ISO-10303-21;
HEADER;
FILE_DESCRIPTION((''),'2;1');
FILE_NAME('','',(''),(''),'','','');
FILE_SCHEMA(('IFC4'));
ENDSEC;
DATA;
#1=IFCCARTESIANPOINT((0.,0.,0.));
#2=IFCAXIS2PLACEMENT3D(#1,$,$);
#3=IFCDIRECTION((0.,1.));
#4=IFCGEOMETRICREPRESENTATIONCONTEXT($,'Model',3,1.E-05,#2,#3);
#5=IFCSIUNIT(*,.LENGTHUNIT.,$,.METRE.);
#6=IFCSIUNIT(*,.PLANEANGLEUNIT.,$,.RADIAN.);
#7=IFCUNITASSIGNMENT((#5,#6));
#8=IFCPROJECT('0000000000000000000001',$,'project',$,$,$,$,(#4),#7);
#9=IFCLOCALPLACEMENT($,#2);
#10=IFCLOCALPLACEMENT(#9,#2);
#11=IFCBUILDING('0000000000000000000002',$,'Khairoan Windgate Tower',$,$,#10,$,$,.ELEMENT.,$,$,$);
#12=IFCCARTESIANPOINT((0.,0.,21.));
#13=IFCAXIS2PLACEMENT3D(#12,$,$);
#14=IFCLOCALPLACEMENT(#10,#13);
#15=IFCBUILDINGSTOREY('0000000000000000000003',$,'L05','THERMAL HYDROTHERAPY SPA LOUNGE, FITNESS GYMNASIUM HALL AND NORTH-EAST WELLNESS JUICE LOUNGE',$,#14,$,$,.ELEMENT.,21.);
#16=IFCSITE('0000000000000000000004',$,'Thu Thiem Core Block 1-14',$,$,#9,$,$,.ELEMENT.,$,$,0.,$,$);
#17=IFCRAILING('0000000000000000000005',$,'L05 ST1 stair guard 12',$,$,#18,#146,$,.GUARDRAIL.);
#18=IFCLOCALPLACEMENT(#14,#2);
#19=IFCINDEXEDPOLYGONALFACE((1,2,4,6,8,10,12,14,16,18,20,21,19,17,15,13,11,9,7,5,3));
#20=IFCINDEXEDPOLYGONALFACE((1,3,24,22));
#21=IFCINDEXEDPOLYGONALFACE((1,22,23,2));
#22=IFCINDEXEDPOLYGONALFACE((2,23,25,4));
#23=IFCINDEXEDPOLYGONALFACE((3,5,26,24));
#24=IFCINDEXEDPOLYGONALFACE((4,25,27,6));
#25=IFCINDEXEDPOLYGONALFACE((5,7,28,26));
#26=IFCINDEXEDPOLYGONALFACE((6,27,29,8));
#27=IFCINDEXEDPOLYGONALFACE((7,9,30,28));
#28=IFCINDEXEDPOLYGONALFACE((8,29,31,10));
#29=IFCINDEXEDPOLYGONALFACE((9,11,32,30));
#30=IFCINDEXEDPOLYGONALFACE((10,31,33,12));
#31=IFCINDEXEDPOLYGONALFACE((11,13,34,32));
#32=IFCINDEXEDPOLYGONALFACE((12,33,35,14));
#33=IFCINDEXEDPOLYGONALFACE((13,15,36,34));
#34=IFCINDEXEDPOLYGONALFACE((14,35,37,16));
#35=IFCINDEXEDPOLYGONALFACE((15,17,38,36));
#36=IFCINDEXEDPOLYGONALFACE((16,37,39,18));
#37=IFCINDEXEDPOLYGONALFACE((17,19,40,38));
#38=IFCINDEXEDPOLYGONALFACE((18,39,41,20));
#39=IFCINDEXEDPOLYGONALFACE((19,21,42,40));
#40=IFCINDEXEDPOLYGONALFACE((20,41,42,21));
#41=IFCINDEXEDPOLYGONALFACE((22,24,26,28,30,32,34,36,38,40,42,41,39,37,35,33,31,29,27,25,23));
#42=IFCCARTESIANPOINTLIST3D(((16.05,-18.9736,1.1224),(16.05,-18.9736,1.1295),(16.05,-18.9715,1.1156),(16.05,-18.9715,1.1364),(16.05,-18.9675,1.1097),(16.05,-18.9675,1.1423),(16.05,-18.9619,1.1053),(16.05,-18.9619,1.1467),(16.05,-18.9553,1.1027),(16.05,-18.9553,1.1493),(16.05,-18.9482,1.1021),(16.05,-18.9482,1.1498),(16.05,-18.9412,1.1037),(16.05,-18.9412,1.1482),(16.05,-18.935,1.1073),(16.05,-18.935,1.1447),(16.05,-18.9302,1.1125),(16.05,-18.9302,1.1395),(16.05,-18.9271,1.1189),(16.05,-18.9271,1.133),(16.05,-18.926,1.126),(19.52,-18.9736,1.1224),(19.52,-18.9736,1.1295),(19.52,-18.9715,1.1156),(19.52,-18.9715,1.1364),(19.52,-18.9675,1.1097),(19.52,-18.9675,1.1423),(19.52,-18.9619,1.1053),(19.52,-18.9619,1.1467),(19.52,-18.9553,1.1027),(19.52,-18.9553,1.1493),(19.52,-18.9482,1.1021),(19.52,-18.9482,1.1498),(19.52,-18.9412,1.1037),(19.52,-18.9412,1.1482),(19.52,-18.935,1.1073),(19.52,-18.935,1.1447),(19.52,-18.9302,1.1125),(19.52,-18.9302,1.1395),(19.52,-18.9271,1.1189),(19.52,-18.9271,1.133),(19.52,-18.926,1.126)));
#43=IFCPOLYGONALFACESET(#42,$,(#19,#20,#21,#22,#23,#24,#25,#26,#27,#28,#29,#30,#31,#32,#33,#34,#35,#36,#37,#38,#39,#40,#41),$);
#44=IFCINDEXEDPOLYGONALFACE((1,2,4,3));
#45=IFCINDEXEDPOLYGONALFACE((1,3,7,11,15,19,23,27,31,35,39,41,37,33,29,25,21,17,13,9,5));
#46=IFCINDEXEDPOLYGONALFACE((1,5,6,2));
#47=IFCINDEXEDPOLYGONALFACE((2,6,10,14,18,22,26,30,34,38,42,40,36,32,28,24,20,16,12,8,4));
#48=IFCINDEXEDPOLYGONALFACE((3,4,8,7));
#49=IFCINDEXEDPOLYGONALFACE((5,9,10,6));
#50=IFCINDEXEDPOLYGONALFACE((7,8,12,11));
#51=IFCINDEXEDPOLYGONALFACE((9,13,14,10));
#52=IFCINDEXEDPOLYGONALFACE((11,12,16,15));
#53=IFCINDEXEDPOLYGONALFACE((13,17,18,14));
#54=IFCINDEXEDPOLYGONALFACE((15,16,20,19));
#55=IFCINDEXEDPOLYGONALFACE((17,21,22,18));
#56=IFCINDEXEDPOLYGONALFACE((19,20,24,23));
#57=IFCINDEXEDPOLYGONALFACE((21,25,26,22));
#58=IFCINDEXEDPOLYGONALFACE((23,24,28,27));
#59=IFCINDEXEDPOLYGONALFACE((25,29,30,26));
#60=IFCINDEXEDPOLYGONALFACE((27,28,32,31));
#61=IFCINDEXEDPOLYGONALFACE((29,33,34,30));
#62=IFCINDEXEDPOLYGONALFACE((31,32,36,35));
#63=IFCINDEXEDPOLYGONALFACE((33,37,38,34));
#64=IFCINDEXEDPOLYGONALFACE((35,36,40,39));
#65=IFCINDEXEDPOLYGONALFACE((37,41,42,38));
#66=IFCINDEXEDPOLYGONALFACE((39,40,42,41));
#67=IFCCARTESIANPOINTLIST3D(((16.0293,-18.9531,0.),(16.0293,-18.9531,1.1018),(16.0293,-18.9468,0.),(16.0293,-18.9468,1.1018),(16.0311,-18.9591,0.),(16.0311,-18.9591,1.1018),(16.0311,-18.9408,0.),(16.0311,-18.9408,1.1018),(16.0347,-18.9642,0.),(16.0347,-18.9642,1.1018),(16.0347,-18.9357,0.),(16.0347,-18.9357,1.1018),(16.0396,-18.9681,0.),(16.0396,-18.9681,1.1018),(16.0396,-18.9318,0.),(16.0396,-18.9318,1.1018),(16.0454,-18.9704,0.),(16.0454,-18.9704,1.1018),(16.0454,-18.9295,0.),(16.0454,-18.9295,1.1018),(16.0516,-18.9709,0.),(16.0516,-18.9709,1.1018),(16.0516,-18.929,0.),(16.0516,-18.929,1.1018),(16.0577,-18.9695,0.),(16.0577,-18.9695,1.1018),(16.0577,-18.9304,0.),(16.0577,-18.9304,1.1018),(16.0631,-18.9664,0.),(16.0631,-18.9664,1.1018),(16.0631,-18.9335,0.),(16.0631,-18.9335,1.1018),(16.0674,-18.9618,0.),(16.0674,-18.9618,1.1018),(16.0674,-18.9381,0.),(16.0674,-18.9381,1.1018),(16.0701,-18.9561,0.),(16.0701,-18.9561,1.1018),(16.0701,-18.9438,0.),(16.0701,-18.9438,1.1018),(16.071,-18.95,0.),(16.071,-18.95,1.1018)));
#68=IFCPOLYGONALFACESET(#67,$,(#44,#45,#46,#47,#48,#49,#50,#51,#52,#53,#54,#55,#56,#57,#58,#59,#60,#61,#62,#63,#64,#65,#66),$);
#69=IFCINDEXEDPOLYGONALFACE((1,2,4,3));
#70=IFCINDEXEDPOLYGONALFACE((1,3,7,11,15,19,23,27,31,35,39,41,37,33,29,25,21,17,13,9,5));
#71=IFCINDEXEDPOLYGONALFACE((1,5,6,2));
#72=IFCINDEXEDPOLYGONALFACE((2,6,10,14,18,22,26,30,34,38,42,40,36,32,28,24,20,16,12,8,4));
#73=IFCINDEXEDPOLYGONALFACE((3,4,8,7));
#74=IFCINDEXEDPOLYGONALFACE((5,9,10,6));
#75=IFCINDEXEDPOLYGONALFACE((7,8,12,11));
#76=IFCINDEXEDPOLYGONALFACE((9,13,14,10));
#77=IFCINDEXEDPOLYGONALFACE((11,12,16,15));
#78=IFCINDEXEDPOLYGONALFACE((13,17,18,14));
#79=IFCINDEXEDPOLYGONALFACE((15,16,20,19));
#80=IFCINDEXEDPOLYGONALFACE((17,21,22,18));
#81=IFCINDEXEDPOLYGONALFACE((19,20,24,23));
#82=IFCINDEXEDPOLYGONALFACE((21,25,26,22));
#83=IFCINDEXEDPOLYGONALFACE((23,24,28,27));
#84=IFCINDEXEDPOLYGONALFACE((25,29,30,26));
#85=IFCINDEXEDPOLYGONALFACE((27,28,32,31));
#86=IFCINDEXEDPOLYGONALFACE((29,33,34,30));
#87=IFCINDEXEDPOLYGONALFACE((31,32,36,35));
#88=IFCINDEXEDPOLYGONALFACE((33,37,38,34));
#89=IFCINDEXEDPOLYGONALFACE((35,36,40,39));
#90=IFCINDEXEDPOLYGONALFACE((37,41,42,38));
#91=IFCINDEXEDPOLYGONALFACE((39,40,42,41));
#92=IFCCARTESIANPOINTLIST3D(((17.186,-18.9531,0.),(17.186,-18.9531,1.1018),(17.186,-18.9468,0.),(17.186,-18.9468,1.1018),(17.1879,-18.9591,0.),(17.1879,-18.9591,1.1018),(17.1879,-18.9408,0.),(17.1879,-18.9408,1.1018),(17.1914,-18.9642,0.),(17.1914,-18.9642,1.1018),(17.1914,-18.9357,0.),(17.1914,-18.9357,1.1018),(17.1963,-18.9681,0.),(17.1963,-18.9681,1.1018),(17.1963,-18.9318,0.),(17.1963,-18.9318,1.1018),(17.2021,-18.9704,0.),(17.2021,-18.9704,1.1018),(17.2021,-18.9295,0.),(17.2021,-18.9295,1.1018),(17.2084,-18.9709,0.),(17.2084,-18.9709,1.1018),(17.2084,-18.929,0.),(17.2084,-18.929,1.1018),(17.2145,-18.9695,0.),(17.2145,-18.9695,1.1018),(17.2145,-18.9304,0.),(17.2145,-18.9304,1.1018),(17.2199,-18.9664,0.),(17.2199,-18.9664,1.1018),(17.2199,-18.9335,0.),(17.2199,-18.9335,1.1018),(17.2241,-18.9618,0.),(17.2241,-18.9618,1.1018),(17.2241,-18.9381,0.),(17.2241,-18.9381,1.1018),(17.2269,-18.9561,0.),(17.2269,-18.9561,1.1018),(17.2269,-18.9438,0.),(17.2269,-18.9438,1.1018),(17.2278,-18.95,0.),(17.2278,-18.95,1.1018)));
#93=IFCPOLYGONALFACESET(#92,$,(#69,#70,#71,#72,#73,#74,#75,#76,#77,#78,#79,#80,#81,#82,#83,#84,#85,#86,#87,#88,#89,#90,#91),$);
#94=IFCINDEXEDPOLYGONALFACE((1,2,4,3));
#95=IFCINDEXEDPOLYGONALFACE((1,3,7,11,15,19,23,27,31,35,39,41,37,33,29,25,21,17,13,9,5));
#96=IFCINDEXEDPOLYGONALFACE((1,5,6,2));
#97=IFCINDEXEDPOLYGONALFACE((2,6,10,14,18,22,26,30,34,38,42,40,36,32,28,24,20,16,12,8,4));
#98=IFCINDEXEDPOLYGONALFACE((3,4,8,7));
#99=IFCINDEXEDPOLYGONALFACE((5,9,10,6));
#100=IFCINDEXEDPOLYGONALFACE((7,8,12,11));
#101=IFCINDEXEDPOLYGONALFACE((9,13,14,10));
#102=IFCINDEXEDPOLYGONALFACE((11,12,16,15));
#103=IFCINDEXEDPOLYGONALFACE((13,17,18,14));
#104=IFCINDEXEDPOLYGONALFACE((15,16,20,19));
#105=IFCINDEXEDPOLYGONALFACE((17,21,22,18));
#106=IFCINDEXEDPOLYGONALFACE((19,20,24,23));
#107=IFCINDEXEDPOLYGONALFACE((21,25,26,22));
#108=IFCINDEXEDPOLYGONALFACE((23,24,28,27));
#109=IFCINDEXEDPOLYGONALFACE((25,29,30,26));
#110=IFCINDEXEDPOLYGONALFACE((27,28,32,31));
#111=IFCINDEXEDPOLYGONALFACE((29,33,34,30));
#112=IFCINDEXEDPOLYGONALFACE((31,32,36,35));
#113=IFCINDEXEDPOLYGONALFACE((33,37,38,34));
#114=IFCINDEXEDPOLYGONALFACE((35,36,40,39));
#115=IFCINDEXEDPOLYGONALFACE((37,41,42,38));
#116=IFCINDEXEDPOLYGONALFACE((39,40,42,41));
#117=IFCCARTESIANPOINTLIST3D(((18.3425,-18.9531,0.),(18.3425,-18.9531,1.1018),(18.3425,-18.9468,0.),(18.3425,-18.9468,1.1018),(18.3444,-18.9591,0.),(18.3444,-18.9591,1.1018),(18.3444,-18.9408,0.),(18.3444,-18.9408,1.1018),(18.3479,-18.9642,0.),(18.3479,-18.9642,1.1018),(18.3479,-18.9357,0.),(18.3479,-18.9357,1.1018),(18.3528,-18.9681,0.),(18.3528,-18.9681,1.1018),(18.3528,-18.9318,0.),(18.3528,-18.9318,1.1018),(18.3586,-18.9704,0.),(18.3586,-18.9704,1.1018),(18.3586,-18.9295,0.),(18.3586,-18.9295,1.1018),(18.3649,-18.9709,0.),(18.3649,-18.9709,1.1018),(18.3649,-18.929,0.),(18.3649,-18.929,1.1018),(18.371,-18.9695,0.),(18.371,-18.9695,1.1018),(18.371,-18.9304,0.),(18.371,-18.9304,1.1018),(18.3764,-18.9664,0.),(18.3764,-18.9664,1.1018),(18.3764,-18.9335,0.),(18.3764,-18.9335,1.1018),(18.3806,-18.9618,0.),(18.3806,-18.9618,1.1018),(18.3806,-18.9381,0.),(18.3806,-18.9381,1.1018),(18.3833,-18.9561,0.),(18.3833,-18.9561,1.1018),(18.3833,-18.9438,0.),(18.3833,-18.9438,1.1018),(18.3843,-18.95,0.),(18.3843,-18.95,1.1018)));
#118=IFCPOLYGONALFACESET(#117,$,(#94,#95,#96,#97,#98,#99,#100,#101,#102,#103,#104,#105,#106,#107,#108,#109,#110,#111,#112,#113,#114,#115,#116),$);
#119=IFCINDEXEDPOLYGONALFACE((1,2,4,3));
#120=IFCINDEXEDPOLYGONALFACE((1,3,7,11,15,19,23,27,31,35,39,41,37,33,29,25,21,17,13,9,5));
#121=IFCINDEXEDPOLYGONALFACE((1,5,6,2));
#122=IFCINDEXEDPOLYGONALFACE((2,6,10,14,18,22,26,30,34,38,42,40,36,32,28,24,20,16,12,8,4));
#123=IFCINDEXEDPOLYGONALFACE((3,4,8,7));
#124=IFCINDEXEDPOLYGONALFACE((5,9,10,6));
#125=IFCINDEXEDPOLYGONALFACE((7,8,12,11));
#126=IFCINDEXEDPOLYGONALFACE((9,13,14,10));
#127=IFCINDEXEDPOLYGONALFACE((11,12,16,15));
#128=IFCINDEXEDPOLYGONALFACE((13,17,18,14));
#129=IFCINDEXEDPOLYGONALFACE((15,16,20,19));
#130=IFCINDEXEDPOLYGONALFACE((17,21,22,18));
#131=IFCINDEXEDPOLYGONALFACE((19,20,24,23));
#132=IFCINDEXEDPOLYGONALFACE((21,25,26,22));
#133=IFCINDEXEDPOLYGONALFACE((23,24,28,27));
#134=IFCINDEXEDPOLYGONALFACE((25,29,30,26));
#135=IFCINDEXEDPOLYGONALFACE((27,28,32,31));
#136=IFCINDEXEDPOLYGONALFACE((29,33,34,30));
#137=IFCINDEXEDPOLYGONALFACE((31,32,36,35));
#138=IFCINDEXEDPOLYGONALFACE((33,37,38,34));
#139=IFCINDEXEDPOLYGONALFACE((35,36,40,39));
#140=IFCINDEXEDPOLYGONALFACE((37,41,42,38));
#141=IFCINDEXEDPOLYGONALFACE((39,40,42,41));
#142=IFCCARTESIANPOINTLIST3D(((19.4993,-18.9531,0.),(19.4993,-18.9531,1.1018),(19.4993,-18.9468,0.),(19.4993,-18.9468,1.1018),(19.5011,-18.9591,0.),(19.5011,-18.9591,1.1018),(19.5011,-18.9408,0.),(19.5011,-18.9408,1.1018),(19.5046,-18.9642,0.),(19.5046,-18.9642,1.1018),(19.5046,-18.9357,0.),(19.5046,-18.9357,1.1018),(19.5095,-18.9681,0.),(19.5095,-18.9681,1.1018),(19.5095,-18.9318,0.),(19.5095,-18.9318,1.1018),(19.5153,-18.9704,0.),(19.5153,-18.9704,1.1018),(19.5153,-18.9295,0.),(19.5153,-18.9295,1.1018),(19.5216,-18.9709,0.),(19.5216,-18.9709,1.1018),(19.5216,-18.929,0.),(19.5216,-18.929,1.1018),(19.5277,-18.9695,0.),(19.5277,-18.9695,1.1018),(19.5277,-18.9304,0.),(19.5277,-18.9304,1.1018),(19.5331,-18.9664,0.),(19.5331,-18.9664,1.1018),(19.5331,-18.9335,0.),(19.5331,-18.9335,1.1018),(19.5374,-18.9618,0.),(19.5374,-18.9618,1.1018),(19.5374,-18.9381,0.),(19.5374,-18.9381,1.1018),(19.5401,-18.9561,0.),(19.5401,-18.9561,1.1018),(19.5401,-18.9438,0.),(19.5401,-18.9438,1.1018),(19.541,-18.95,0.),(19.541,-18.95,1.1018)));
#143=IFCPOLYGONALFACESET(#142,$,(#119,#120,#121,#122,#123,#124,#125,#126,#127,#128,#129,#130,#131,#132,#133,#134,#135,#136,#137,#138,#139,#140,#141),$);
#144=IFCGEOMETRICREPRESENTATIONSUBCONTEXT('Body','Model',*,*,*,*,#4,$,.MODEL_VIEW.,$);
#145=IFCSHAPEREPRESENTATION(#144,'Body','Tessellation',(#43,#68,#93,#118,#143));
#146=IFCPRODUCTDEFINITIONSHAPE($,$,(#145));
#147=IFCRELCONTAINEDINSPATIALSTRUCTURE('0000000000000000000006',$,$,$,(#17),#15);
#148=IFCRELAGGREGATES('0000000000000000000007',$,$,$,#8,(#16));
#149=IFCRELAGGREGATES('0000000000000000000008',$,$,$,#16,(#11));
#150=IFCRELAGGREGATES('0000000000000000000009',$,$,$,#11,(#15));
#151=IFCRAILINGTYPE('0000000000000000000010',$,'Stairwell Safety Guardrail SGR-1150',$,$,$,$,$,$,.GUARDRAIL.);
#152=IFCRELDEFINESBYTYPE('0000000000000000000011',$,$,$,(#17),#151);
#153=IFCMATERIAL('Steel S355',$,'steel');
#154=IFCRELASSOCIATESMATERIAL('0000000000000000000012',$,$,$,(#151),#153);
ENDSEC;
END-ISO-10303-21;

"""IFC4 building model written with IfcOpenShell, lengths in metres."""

from ifc_helpers import new_model, si_unit, direction, frame, origin, origin_2d, place, context, subcontext, project, spatial, circle, extrude, material, type_object, element, save


model = new_model("IFC4")

# Units and contexts
model_context = context("Model", 3, precision=1e-05, world=origin(), true_north=direction((0.0, 1.0)))
body_context = subcontext(model_context, "Body", "Model", "MODEL_VIEW")
ifc_project = project(units=[si_unit("LENGTHUNIT", "METRE"), si_unit("PLANEANGLEUNIT", "RADIAN")], contexts=[model_context])

# Site, building, storey
site_placement = place(None, origin())
site = spatial("IfcSite", under=ifc_project, at=site_placement, Name="Thu Thiem Core Block 1-14", CompositionType="ELEMENT", RefElevation=0.0)
building_placement = place(site_placement, origin())
building = spatial("IfcBuilding", under=site, at=building_placement, Name="Khairoan Windgate Tower", CompositionType="ELEMENT")
storey_placement = place(building_placement, frame((0.0, 0.0, 21.0)))
storey = spatial("IfcBuildingStorey", under=building, at=storey_placement, Name="L05", Description="THERMAL HYDROTHERAPY SPA LOUNGE, FITNESS GYMNASIUM HALL AND NORTH-EAST WELLNESS JUICE LOUNGE", CompositionType="ELEMENT", Elevation=21.0)

# Railing
ifc_material_1 = material(Name="Steel S355", Category="steel")
railing_type = type_object("IfcRailingType", Name="Stairwell Safety Guardrail SGR-1150", PredefinedType="GUARDRAIL", material=ifc_material_1)
railing_1_placement = place(storey_placement, frame((16.05, -18.95, 0.0)))
element("IfcRailing", 1, at=railing_1_placement, inside=storey, type_object=railing_type, Name="L05 ST1 stair guard 12", PredefinedType="GUARDRAIL", context=body_context, shape_type="SweptSolid", body=[
    extrude(circle(Radius=0.0239, at=origin_2d()), frame((0.0, 0.0, 1.126), z_axis=(1.0, 0.0, 0.0), x_axis=(0.0, 1.0, 0.0)), (0.0, 0.0, 1.0), 3.47),
    extrude(circle(Radius=0.021, at=origin_2d()), origin(), (0.0, 0.0, 1.0), 1.1018),
    extrude(circle(Radius=0.021, at=origin_2d()), frame((1.1567, 0.0, 0.0)), (0.0, 0.0, 1.0), 1.1018),
    extrude(circle(Radius=0.021, at=origin_2d()), frame((2.3132, 0.0, 0.0)), (0.0, 0.0, 1.0), 1.1018),
    extrude(circle(Radius=0.021, at=origin_2d()), frame((3.47, 0.0, 0.0)), (0.0, 0.0, 1.0), 1.1018),
])

save(model, "model.ifc")
